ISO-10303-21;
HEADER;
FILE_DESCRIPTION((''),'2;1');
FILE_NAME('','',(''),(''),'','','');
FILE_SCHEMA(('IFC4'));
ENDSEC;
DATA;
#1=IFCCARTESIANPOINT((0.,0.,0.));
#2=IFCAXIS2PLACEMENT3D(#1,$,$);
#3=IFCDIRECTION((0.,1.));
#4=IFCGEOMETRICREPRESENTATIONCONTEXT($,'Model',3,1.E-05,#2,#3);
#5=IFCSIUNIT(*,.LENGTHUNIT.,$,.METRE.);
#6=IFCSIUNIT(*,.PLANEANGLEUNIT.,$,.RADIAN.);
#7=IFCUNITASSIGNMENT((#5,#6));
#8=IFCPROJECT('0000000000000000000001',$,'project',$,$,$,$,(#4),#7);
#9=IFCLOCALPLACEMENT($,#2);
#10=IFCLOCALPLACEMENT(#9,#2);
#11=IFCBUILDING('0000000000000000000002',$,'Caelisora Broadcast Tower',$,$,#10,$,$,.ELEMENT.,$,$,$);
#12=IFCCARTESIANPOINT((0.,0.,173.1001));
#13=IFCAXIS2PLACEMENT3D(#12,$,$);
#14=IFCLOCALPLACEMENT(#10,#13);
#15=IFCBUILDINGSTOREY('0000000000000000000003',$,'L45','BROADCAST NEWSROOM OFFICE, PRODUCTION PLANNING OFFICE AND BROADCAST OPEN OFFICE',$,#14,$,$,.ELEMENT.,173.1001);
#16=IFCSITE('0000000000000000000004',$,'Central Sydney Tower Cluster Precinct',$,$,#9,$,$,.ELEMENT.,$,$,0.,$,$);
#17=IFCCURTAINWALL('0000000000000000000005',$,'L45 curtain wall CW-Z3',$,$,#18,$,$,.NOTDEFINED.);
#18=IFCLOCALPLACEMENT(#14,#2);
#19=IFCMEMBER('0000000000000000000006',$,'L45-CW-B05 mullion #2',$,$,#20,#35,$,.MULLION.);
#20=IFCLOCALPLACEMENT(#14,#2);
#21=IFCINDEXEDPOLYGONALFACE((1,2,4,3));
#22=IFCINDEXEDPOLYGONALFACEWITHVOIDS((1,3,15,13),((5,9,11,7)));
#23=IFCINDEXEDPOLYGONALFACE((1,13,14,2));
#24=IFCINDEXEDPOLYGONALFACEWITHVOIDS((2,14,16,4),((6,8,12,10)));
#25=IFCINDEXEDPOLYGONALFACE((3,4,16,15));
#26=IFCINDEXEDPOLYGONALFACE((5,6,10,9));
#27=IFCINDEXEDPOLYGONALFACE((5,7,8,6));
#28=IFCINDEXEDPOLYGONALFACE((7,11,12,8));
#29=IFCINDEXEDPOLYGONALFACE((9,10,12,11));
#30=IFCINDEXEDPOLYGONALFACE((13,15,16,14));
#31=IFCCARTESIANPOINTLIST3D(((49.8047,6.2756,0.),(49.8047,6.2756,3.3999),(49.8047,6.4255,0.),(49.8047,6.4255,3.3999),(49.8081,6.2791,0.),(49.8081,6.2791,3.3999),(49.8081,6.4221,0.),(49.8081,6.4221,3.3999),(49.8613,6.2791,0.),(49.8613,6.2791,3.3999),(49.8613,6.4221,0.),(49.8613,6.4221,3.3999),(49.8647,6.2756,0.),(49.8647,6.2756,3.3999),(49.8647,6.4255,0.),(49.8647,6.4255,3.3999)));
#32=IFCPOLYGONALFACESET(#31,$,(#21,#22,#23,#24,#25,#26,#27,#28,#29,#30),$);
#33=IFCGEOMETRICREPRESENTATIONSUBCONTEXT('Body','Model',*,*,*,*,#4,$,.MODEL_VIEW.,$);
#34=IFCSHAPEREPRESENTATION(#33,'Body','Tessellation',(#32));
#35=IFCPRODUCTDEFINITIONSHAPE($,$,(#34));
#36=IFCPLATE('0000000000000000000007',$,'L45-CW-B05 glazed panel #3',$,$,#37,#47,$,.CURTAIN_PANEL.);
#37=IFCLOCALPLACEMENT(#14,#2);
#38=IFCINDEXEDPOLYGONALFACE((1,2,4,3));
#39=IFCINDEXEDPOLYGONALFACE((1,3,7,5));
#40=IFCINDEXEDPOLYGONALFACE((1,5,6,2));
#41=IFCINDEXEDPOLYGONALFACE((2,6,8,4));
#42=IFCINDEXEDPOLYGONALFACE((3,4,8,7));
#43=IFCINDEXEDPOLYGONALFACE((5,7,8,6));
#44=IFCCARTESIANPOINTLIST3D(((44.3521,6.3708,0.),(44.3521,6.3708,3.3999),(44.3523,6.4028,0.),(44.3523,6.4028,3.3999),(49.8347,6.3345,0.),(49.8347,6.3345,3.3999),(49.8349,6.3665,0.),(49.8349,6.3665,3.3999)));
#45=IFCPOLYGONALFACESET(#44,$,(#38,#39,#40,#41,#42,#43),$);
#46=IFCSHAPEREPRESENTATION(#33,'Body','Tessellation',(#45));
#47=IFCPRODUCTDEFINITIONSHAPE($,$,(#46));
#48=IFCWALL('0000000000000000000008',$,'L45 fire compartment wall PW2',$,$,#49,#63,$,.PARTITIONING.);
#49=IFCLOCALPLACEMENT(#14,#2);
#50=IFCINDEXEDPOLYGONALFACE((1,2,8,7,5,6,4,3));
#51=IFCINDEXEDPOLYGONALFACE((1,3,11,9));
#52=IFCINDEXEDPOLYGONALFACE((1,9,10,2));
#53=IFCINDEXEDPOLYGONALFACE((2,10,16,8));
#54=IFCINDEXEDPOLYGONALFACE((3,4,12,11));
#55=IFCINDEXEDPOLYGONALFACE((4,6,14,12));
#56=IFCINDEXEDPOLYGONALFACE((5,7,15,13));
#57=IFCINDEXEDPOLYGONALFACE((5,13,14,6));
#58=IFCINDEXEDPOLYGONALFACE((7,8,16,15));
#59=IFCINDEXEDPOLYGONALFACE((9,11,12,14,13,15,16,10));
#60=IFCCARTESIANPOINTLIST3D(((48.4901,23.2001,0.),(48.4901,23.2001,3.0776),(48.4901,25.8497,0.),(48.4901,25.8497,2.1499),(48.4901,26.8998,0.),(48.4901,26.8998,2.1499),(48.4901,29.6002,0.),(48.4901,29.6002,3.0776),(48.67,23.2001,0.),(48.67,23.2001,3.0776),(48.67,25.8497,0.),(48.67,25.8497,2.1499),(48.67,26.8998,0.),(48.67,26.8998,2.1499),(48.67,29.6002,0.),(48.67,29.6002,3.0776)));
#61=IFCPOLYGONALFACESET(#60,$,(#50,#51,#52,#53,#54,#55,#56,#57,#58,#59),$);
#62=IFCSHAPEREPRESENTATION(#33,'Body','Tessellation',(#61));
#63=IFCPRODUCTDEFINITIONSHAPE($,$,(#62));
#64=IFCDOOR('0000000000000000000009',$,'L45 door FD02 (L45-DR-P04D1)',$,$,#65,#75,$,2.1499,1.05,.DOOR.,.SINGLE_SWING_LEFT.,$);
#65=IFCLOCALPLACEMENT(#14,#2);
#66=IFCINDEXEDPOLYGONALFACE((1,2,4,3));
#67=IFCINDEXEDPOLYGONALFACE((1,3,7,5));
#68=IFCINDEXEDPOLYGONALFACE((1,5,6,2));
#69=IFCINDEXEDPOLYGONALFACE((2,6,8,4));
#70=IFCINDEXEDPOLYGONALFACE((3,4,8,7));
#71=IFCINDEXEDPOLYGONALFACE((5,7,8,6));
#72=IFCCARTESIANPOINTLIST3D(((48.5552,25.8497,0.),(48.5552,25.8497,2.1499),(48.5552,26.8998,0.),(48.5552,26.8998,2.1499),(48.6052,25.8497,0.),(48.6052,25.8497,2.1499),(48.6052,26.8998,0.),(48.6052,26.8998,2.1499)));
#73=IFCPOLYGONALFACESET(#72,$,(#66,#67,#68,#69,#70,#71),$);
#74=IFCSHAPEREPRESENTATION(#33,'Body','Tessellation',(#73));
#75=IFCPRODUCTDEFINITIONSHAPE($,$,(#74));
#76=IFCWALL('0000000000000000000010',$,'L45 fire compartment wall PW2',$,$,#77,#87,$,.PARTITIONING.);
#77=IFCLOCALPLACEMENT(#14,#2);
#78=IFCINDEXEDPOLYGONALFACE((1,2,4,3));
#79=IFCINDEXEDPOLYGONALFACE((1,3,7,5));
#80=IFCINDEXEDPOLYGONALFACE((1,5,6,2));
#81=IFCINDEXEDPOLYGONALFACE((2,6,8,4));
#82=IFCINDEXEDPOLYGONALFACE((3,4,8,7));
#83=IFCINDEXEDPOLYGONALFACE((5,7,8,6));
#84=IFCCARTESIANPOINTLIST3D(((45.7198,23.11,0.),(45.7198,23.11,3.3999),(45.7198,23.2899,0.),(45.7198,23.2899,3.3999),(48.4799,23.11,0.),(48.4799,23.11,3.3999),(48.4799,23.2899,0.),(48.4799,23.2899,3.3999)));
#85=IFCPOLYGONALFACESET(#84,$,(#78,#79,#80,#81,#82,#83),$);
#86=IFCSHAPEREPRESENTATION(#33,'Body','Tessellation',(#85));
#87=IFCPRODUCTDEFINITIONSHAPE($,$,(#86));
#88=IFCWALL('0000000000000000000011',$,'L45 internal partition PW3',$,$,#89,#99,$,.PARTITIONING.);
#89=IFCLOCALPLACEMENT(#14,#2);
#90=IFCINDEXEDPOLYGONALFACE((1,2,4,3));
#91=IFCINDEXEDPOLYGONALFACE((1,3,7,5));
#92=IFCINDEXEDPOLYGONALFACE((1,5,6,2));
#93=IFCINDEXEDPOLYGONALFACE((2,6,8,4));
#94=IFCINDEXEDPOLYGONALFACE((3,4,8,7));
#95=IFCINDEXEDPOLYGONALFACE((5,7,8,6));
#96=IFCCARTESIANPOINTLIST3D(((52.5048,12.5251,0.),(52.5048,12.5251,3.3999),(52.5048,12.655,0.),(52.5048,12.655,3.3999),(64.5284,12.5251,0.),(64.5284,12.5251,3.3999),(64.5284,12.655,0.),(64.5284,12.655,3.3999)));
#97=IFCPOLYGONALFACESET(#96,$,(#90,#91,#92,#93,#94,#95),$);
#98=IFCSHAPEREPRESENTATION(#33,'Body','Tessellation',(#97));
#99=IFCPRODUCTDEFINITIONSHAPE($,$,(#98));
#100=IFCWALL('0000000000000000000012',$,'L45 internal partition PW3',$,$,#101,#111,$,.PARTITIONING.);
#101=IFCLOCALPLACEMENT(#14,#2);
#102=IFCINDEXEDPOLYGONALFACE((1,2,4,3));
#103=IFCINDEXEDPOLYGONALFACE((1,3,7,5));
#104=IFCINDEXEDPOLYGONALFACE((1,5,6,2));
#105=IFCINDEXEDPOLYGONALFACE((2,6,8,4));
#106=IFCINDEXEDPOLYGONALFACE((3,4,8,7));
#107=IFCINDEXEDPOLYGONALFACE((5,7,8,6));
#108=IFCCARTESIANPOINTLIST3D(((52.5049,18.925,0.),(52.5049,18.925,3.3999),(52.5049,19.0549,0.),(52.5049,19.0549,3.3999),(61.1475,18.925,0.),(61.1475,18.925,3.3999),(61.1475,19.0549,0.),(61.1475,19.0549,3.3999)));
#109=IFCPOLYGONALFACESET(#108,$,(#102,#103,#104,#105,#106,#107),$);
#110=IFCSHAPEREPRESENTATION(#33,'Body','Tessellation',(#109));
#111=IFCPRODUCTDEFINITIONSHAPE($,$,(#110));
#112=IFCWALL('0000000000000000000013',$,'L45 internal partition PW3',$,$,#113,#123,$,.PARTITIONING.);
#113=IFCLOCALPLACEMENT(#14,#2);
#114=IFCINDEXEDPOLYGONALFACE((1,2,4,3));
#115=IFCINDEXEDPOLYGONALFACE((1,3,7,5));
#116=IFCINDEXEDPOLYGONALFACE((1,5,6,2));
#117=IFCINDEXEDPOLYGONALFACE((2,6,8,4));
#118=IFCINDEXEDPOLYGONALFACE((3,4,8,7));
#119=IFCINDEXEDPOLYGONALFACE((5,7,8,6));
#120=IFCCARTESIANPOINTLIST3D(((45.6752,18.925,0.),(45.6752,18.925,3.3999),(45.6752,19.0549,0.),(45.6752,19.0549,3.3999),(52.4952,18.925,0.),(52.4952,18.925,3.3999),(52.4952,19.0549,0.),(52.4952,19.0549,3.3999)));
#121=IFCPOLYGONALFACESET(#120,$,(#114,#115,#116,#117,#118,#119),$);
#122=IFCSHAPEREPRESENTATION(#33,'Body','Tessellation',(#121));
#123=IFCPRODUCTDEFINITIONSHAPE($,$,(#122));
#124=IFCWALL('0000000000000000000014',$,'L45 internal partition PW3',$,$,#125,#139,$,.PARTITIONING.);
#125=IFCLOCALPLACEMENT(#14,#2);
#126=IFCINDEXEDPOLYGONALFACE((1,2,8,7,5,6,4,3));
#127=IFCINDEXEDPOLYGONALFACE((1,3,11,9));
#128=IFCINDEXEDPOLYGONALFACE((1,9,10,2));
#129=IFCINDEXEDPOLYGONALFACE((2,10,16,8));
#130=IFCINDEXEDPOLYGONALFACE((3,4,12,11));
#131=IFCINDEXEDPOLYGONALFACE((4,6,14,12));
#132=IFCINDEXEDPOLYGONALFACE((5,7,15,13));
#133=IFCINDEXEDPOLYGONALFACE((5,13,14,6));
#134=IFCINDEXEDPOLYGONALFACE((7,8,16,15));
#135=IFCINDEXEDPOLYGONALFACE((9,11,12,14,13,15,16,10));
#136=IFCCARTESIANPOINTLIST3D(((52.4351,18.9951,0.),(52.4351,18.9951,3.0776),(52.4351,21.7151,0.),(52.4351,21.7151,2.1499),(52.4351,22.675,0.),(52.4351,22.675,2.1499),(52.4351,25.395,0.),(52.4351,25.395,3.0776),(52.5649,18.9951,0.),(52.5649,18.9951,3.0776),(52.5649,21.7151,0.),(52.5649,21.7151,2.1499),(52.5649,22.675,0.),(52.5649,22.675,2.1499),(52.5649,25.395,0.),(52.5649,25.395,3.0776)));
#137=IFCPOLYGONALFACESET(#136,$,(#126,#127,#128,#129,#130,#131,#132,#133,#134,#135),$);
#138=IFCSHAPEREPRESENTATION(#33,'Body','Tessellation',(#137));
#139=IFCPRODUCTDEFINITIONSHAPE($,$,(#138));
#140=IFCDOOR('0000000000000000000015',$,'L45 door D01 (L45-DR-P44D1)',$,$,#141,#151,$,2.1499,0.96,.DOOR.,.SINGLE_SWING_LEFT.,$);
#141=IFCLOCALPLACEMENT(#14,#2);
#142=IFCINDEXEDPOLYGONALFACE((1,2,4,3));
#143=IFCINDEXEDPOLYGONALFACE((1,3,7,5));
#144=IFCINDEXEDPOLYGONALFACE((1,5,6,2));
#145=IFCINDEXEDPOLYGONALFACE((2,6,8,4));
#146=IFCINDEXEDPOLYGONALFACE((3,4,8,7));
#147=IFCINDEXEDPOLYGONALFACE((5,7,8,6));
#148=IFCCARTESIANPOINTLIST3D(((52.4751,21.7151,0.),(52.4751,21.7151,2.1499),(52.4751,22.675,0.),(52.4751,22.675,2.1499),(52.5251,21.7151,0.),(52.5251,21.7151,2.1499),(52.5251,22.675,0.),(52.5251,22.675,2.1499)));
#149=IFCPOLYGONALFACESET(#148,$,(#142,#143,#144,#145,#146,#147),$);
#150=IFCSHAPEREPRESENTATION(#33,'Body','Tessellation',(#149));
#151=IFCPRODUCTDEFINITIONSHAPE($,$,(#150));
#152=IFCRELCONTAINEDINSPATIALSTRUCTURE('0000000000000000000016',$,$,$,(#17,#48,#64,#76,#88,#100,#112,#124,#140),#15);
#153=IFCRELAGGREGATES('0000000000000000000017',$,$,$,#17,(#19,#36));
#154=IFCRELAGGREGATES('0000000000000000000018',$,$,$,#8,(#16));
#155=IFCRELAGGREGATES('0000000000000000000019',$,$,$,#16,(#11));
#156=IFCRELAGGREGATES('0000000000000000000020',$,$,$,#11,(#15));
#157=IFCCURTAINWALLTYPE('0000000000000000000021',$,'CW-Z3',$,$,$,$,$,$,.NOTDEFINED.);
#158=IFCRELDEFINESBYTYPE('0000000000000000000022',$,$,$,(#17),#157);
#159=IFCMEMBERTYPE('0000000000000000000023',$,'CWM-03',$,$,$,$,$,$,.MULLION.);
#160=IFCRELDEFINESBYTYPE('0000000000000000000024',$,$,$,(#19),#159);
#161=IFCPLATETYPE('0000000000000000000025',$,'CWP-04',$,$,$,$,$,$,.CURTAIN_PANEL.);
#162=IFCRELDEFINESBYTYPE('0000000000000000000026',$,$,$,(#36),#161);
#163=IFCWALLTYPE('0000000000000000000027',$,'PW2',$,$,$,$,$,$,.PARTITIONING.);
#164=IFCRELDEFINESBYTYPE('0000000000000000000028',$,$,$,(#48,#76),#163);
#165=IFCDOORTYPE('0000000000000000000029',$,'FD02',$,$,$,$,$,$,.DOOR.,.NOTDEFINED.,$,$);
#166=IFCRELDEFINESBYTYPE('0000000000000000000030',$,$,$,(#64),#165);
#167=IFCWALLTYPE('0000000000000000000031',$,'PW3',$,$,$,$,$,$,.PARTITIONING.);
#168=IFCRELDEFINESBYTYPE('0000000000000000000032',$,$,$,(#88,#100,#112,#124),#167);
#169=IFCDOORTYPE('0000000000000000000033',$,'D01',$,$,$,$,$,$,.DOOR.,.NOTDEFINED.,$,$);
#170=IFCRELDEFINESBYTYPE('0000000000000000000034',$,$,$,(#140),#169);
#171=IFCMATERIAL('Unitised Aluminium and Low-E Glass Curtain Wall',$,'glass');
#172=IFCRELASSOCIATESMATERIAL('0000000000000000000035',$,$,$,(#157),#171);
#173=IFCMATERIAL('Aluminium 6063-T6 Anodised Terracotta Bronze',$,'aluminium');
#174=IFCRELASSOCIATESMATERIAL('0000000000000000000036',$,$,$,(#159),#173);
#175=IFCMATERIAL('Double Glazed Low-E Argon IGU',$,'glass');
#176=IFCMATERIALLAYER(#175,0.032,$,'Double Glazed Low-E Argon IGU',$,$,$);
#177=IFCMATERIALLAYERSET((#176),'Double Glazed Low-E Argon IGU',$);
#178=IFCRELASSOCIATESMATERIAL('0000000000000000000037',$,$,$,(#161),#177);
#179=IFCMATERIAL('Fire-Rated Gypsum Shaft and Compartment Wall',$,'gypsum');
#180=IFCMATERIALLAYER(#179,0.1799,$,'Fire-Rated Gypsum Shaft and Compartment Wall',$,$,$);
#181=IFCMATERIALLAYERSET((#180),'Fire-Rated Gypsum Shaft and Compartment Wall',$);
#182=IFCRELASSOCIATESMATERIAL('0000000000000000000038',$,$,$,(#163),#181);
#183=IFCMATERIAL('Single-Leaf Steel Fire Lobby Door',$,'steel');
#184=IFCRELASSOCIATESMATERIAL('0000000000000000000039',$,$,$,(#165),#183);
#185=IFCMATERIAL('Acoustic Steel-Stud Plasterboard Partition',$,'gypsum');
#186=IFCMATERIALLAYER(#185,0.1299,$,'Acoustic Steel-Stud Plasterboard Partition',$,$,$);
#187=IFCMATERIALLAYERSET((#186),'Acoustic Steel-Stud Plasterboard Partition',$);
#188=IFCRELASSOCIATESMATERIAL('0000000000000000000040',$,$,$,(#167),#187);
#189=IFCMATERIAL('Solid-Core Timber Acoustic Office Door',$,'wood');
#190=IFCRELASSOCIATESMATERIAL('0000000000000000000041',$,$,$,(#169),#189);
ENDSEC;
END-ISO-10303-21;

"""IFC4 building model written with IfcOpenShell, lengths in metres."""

from ifc_helpers import new_model, si_unit, direction, frame, frame_2d, origin, origin_2d, place, context, subcontext, project, spatial, rectangle, hollow_rectangle, extrude, source, transform, mapped, material, layer, layer_set, material_profile, profile_set, type_object, type_shapes, element, fill, aggregate, save


model = new_model("IFC4")

# Units and contexts
model_context = context("Model", 3, precision=1e-05, world=origin(), true_north=direction((0.0, 1.0)))
body_context = subcontext(model_context, "Body", "Model", "MODEL_VIEW")
ifc_project = project(units=[si_unit("LENGTHUNIT", "METRE"), si_unit("PLANEANGLEUNIT", "RADIAN")], contexts=[model_context])

# Site, building, storey
site_placement = place(None, origin())
site = spatial("IfcSite", under=ifc_project, at=site_placement, Name="Central Sydney Tower Cluster Precinct", CompositionType="ELEMENT", RefElevation=0.0)
building_placement = place(site_placement, origin())
building = spatial("IfcBuilding", under=site, at=building_placement, Name="Caelisora Broadcast Tower", CompositionType="ELEMENT")
storey_placement = place(building_placement, frame((0.0, 0.0, 173.1001)))
storey = spatial("IfcBuildingStorey", under=building, at=storey_placement, Name="L45", Description="BROADCAST NEWSROOM OFFICE, PRODUCTION PLANNING OFFICE AND BROADCAST OPEN OFFICE", CompositionType="ELEMENT", Elevation=173.1001)

# Curtain wall, member, plate
ifc_material_1 = material(Name="Unitised Aluminium and Low-E Glass Curtain Wall", Category="glass")
curtain_wall_type = type_object("IfcCurtainWallType", Name="CW-Z3", PredefinedType="NOTDEFINED", material=ifc_material_1)
curtain_wall_placement = place(storey_placement, origin())
curtain_wall = element("IfcCurtainWall", 1, at=curtain_wall_placement, inside=storey, type_object=curtain_wall_type, Name="L45 curtain wall CW-Z3", PredefinedType="NOTDEFINED")
ifc_material_2 = material(Name="Aluminium 6063-T6 Anodised Terracotta Bronze", Category="aluminium")
ifc_material_profile_1 = material_profile(ifc_material_2, hollow_rectangle(XDim=0.0601, YDim=0.1499, WallThickness=0.0034, at=origin_2d()), Name="Aluminium 6063-T6 Anodised Terracotta Bronze")
ifc_profile_set_1 = profile_set([ifc_material_profile_1], Name="Aluminium 6063-T6 Anodised Terracotta Bronze")
member_type = type_object("IfcMemberType", Name="CWM-03", PredefinedType="MULLION", material=ifc_profile_set_1)
shared_shape_1 = source(origin(), body_context, "Body", "SweptSolid", [
    extrude(hollow_rectangle(XDim=0.0601, YDim=0.1499, WallThickness=0.0034, at=origin_2d()), origin(), (0.0, 0.0, 1.0), 3.3999),
])
type_shapes(member_type, [shared_shape_1])
member_placement = place(storey_placement, frame((49.8347, 6.3506, 0.0), z_axis=(0.0, 0.0, 1.0), x_axis=(1.0, 0.0, 0.0)))
member = element("IfcMember", 2, at=member_placement, type_object=member_type, Name="L45-CW-B05 mullion #2", PredefinedType="MULLION", context=body_context, shape_type="MappedRepresentation", body=[
    mapped(shared_shape_1, transform((0.0, 0.0, 0.0), scale=1.0)),
])
ifc_material_3 = material(Name="Double Glazed Low-E Argon IGU", Category="glass")
ifc_layer_1 = layer(ifc_material_3, 0.032, Name="Double Glazed Low-E Argon IGU")
ifc_layer_set_1 = layer_set([ifc_layer_1], Name="Double Glazed Low-E Argon IGU")
plate_type = type_object("IfcPlateType", Name="CWP-04", PredefinedType="CURTAIN_PANEL", material=ifc_layer_set_1)
shared_shape_2 = source(origin(), body_context, "Body", "SweptSolid", [
    extrude(rectangle(XDim=5.4827, YDim=0.032, at=origin_2d()), origin(), (0.0, 0.0, 1.0), 3.3999),
])
type_shapes(plate_type, [shared_shape_2])
plate_placement = place(storey_placement, frame((47.0935, 6.3687, 0.0), z_axis=(0.0, 0.0, 1.0), x_axis=(-0.999978, 0.006632, 0.0)))
plate = element("IfcPlate", 3, at=plate_placement, type_object=plate_type, Name="L45-CW-B05 glazed panel #3", PredefinedType="CURTAIN_PANEL", context=body_context, shape_type="MappedRepresentation", body=[
    mapped(shared_shape_2, transform((0.0, 0.0, 0.0), scale=1.0)),
])
aggregate(curtain_wall, [member, plate])

# Wall, opening, door
ifc_material_4 = material(Name="Fire-Rated Gypsum Shaft and Compartment Wall", Category="gypsum")
ifc_layer_2 = layer(ifc_material_4, 0.1799, Name="Fire-Rated Gypsum Shaft and Compartment Wall")
ifc_layer_set_2 = layer_set([ifc_layer_2], Name="Fire-Rated Gypsum Shaft and Compartment Wall")
wall_type_1 = type_object("IfcWallType", Name="PW2", PredefinedType="PARTITIONING", material=ifc_layer_set_2)
wall_1_placement = place(storey_placement, frame((48.5801, 23.2, 0.0), z_axis=(0.0, 0.0, 1.0), x_axis=(0.0, 1.0, 0.0)))
wall_1 = element("IfcWall", 4, at=wall_1_placement, inside=storey, type_object=wall_type_1, Name="L45 fire compartment wall PW2", PredefinedType="PARTITIONING", context=body_context, shape_type="SweptSolid", body=[
    extrude(rectangle(XDim=6.4001, YDim=0.1799, at=frame_2d((3.2002, 0.0))), origin(), (0.0, 0.0, 1.0), 3.0776),
])
opening_1_placement = place(wall_1_placement, frame((2.6499, 0.0, 0.0)))
opening_1 = element("IfcOpeningElement", 5, at=opening_1_placement, cuts=wall_1, PredefinedType="OPENING", context=body_context, shape_type="SweptSolid", body=[
    extrude(rectangle(XDim=1.05, YDim=2.1499, at=frame_2d((0.5249, 1.075))), frame((0.0, 0.1021, 0.0), z_axis=(0.0, -1.0, 0.0), x_axis=(1.0, 0.0, 0.0)), (0.0, 0.0, 1.0), 0.2039),
])
ifc_material_5 = material(Name="Single-Leaf Steel Fire Lobby Door", Category="steel")
door_type_1 = type_object("IfcDoorType", Name="FD02", OperationType="NOTDEFINED", PredefinedType="DOOR", material=ifc_material_5)
door_1_placement = place(opening_1_placement, origin())
door_1 = element("IfcDoor", 6, at=door_1_placement, inside=storey, type_object=door_type_1, Name="L45 door FD02 (L45-DR-P04D1)", OperationType="SINGLE_SWING_LEFT", OverallHeight=2.1499, OverallWidth=1.05, PredefinedType="DOOR", context=body_context, shape_type="SweptSolid", body=[
    extrude(rectangle(XDim=1.05, YDim=2.1499, at=frame_2d((0.5249, 1.075))), frame((0.0, 0.0249, 0.0), z_axis=(0.0, -1.0, 0.0), x_axis=(1.0, 0.0, 0.0)), (0.0, 0.0, 1.0), 0.05),
])
fill(opening_1, door_1)

# Walls
wall_2_placement = place(storey_placement, frame((45.72, 23.2, 0.0), z_axis=(0.0, 0.0, 1.0), x_axis=(1.0, 0.0, 0.0)))
element("IfcWall", 7, at=wall_2_placement, inside=storey, type_object=wall_type_1, Name="L45 fire compartment wall PW2", PredefinedType="PARTITIONING", context=body_context, shape_type="SweptSolid", body=[
    extrude(rectangle(XDim=2.76, YDim=0.1799, at=frame_2d((1.3799, 0.0))), origin(), (0.0, 0.0, 1.0), 3.3999),
])
ifc_material_6 = material(Name="Acoustic Steel-Stud Plasterboard Partition", Category="gypsum")
ifc_layer_3 = layer(ifc_material_6, 0.1299, Name="Acoustic Steel-Stud Plasterboard Partition")
ifc_layer_set_3 = layer_set([ifc_layer_3], Name="Acoustic Steel-Stud Plasterboard Partition")
wall_type_2 = type_object("IfcWallType", Name="PW3", PredefinedType="PARTITIONING", material=ifc_layer_set_3)
wall_3_placement = place(storey_placement, frame((52.5049, 12.5901, 0.0), z_axis=(0.0, 0.0, 1.0), x_axis=(1.0, 0.0, 0.0)))
element("IfcWall", 8, at=wall_3_placement, inside=storey, type_object=wall_type_2, Name="L45 internal partition PW3", PredefinedType="PARTITIONING", context=body_context, shape_type="SweptSolid", body=[
    extrude(rectangle(XDim=12.0237, YDim=0.1299, at=frame_2d((6.0117, 0.0))), origin(), (0.0, 0.0, 1.0), 3.3999),
])
wall_4_placement = place(storey_placement, frame((52.5049, 18.99, 0.0), z_axis=(0.0, 0.0, 1.0), x_axis=(1.0, 0.0, 0.0)))
element("IfcWall", 9, at=wall_4_placement, inside=storey, type_object=wall_type_2, Name="L45 internal partition PW3", PredefinedType="PARTITIONING", context=body_context, shape_type="SweptSolid", body=[
    extrude(rectangle(XDim=8.6426, YDim=0.1299, at=frame_2d((4.3213, 0.0))), origin(), (0.0, 0.0, 1.0), 3.3999),
])
wall_5_placement = place(storey_placement, frame((45.675, 18.99, 0.0), z_axis=(0.0, 0.0, 1.0), x_axis=(1.0, 0.0, 0.0)))
element("IfcWall", 10, at=wall_5_placement, inside=storey, type_object=wall_type_2, Name="L45 internal partition PW3", PredefinedType="PARTITIONING", context=body_context, shape_type="SweptSolid", body=[
    extrude(rectangle(XDim=6.8201, YDim=0.1299, at=frame_2d((3.4102, 0.0))), origin(), (0.0, 0.0, 1.0), 3.3999),
])

# Wall, opening, door
wall_6_placement = place(storey_placement, frame((52.5, 18.9951, 0.0), z_axis=(0.0, 0.0, 1.0), x_axis=(0.0, 1.0, 0.0)))
wall_6 = element("IfcWall", 11, at=wall_6_placement, inside=storey, type_object=wall_type_2, Name="L45 internal partition PW3", PredefinedType="PARTITIONING", context=body_context, shape_type="SweptSolid", body=[
    extrude(rectangle(XDim=6.3999, YDim=0.1299, at=frame_2d((3.2, 0.0))), origin(), (0.0, 0.0, 1.0), 3.0776),
])
opening_2_placement = place(wall_6_placement, frame((2.72, 0.0, 0.0)))
opening_2 = element("IfcOpeningElement", 12, at=opening_2_placement, cuts=wall_6, PredefinedType="OPENING", context=body_context, shape_type="SweptSolid", body=[
    extrude(rectangle(XDim=0.96, YDim=2.1499, at=frame_2d((0.48, 1.075))), frame((0.0, 0.0769, 0.0), z_axis=(0.0, -1.0, 0.0), x_axis=(1.0, 0.0, 0.0)), (0.0, 0.0, 1.0), 0.1538),
])
ifc_material_7 = material(Name="Solid-Core Timber Acoustic Office Door", Category="wood")
door_type_2 = type_object("IfcDoorType", Name="D01", OperationType="NOTDEFINED", PredefinedType="DOOR", material=ifc_material_7)
door_2_placement = place(opening_2_placement, origin())
door_2 = element("IfcDoor", 13, at=door_2_placement, inside=storey, type_object=door_type_2, Name="L45 door D01 (L45-DR-P44D1)", OperationType="SINGLE_SWING_LEFT", OverallHeight=2.1499, OverallWidth=0.96, PredefinedType="DOOR", context=body_context, shape_type="SweptSolid", body=[
    extrude(rectangle(XDim=0.96, YDim=2.1499, at=frame_2d((0.48, 1.075))), frame((0.0, 0.0249, 0.0), z_axis=(0.0, -1.0, 0.0), x_axis=(1.0, 0.0, 0.0)), (0.0, 0.0, 1.0), 0.05),
])
fill(opening_2, door_2)

save(model, "model.ifc")
